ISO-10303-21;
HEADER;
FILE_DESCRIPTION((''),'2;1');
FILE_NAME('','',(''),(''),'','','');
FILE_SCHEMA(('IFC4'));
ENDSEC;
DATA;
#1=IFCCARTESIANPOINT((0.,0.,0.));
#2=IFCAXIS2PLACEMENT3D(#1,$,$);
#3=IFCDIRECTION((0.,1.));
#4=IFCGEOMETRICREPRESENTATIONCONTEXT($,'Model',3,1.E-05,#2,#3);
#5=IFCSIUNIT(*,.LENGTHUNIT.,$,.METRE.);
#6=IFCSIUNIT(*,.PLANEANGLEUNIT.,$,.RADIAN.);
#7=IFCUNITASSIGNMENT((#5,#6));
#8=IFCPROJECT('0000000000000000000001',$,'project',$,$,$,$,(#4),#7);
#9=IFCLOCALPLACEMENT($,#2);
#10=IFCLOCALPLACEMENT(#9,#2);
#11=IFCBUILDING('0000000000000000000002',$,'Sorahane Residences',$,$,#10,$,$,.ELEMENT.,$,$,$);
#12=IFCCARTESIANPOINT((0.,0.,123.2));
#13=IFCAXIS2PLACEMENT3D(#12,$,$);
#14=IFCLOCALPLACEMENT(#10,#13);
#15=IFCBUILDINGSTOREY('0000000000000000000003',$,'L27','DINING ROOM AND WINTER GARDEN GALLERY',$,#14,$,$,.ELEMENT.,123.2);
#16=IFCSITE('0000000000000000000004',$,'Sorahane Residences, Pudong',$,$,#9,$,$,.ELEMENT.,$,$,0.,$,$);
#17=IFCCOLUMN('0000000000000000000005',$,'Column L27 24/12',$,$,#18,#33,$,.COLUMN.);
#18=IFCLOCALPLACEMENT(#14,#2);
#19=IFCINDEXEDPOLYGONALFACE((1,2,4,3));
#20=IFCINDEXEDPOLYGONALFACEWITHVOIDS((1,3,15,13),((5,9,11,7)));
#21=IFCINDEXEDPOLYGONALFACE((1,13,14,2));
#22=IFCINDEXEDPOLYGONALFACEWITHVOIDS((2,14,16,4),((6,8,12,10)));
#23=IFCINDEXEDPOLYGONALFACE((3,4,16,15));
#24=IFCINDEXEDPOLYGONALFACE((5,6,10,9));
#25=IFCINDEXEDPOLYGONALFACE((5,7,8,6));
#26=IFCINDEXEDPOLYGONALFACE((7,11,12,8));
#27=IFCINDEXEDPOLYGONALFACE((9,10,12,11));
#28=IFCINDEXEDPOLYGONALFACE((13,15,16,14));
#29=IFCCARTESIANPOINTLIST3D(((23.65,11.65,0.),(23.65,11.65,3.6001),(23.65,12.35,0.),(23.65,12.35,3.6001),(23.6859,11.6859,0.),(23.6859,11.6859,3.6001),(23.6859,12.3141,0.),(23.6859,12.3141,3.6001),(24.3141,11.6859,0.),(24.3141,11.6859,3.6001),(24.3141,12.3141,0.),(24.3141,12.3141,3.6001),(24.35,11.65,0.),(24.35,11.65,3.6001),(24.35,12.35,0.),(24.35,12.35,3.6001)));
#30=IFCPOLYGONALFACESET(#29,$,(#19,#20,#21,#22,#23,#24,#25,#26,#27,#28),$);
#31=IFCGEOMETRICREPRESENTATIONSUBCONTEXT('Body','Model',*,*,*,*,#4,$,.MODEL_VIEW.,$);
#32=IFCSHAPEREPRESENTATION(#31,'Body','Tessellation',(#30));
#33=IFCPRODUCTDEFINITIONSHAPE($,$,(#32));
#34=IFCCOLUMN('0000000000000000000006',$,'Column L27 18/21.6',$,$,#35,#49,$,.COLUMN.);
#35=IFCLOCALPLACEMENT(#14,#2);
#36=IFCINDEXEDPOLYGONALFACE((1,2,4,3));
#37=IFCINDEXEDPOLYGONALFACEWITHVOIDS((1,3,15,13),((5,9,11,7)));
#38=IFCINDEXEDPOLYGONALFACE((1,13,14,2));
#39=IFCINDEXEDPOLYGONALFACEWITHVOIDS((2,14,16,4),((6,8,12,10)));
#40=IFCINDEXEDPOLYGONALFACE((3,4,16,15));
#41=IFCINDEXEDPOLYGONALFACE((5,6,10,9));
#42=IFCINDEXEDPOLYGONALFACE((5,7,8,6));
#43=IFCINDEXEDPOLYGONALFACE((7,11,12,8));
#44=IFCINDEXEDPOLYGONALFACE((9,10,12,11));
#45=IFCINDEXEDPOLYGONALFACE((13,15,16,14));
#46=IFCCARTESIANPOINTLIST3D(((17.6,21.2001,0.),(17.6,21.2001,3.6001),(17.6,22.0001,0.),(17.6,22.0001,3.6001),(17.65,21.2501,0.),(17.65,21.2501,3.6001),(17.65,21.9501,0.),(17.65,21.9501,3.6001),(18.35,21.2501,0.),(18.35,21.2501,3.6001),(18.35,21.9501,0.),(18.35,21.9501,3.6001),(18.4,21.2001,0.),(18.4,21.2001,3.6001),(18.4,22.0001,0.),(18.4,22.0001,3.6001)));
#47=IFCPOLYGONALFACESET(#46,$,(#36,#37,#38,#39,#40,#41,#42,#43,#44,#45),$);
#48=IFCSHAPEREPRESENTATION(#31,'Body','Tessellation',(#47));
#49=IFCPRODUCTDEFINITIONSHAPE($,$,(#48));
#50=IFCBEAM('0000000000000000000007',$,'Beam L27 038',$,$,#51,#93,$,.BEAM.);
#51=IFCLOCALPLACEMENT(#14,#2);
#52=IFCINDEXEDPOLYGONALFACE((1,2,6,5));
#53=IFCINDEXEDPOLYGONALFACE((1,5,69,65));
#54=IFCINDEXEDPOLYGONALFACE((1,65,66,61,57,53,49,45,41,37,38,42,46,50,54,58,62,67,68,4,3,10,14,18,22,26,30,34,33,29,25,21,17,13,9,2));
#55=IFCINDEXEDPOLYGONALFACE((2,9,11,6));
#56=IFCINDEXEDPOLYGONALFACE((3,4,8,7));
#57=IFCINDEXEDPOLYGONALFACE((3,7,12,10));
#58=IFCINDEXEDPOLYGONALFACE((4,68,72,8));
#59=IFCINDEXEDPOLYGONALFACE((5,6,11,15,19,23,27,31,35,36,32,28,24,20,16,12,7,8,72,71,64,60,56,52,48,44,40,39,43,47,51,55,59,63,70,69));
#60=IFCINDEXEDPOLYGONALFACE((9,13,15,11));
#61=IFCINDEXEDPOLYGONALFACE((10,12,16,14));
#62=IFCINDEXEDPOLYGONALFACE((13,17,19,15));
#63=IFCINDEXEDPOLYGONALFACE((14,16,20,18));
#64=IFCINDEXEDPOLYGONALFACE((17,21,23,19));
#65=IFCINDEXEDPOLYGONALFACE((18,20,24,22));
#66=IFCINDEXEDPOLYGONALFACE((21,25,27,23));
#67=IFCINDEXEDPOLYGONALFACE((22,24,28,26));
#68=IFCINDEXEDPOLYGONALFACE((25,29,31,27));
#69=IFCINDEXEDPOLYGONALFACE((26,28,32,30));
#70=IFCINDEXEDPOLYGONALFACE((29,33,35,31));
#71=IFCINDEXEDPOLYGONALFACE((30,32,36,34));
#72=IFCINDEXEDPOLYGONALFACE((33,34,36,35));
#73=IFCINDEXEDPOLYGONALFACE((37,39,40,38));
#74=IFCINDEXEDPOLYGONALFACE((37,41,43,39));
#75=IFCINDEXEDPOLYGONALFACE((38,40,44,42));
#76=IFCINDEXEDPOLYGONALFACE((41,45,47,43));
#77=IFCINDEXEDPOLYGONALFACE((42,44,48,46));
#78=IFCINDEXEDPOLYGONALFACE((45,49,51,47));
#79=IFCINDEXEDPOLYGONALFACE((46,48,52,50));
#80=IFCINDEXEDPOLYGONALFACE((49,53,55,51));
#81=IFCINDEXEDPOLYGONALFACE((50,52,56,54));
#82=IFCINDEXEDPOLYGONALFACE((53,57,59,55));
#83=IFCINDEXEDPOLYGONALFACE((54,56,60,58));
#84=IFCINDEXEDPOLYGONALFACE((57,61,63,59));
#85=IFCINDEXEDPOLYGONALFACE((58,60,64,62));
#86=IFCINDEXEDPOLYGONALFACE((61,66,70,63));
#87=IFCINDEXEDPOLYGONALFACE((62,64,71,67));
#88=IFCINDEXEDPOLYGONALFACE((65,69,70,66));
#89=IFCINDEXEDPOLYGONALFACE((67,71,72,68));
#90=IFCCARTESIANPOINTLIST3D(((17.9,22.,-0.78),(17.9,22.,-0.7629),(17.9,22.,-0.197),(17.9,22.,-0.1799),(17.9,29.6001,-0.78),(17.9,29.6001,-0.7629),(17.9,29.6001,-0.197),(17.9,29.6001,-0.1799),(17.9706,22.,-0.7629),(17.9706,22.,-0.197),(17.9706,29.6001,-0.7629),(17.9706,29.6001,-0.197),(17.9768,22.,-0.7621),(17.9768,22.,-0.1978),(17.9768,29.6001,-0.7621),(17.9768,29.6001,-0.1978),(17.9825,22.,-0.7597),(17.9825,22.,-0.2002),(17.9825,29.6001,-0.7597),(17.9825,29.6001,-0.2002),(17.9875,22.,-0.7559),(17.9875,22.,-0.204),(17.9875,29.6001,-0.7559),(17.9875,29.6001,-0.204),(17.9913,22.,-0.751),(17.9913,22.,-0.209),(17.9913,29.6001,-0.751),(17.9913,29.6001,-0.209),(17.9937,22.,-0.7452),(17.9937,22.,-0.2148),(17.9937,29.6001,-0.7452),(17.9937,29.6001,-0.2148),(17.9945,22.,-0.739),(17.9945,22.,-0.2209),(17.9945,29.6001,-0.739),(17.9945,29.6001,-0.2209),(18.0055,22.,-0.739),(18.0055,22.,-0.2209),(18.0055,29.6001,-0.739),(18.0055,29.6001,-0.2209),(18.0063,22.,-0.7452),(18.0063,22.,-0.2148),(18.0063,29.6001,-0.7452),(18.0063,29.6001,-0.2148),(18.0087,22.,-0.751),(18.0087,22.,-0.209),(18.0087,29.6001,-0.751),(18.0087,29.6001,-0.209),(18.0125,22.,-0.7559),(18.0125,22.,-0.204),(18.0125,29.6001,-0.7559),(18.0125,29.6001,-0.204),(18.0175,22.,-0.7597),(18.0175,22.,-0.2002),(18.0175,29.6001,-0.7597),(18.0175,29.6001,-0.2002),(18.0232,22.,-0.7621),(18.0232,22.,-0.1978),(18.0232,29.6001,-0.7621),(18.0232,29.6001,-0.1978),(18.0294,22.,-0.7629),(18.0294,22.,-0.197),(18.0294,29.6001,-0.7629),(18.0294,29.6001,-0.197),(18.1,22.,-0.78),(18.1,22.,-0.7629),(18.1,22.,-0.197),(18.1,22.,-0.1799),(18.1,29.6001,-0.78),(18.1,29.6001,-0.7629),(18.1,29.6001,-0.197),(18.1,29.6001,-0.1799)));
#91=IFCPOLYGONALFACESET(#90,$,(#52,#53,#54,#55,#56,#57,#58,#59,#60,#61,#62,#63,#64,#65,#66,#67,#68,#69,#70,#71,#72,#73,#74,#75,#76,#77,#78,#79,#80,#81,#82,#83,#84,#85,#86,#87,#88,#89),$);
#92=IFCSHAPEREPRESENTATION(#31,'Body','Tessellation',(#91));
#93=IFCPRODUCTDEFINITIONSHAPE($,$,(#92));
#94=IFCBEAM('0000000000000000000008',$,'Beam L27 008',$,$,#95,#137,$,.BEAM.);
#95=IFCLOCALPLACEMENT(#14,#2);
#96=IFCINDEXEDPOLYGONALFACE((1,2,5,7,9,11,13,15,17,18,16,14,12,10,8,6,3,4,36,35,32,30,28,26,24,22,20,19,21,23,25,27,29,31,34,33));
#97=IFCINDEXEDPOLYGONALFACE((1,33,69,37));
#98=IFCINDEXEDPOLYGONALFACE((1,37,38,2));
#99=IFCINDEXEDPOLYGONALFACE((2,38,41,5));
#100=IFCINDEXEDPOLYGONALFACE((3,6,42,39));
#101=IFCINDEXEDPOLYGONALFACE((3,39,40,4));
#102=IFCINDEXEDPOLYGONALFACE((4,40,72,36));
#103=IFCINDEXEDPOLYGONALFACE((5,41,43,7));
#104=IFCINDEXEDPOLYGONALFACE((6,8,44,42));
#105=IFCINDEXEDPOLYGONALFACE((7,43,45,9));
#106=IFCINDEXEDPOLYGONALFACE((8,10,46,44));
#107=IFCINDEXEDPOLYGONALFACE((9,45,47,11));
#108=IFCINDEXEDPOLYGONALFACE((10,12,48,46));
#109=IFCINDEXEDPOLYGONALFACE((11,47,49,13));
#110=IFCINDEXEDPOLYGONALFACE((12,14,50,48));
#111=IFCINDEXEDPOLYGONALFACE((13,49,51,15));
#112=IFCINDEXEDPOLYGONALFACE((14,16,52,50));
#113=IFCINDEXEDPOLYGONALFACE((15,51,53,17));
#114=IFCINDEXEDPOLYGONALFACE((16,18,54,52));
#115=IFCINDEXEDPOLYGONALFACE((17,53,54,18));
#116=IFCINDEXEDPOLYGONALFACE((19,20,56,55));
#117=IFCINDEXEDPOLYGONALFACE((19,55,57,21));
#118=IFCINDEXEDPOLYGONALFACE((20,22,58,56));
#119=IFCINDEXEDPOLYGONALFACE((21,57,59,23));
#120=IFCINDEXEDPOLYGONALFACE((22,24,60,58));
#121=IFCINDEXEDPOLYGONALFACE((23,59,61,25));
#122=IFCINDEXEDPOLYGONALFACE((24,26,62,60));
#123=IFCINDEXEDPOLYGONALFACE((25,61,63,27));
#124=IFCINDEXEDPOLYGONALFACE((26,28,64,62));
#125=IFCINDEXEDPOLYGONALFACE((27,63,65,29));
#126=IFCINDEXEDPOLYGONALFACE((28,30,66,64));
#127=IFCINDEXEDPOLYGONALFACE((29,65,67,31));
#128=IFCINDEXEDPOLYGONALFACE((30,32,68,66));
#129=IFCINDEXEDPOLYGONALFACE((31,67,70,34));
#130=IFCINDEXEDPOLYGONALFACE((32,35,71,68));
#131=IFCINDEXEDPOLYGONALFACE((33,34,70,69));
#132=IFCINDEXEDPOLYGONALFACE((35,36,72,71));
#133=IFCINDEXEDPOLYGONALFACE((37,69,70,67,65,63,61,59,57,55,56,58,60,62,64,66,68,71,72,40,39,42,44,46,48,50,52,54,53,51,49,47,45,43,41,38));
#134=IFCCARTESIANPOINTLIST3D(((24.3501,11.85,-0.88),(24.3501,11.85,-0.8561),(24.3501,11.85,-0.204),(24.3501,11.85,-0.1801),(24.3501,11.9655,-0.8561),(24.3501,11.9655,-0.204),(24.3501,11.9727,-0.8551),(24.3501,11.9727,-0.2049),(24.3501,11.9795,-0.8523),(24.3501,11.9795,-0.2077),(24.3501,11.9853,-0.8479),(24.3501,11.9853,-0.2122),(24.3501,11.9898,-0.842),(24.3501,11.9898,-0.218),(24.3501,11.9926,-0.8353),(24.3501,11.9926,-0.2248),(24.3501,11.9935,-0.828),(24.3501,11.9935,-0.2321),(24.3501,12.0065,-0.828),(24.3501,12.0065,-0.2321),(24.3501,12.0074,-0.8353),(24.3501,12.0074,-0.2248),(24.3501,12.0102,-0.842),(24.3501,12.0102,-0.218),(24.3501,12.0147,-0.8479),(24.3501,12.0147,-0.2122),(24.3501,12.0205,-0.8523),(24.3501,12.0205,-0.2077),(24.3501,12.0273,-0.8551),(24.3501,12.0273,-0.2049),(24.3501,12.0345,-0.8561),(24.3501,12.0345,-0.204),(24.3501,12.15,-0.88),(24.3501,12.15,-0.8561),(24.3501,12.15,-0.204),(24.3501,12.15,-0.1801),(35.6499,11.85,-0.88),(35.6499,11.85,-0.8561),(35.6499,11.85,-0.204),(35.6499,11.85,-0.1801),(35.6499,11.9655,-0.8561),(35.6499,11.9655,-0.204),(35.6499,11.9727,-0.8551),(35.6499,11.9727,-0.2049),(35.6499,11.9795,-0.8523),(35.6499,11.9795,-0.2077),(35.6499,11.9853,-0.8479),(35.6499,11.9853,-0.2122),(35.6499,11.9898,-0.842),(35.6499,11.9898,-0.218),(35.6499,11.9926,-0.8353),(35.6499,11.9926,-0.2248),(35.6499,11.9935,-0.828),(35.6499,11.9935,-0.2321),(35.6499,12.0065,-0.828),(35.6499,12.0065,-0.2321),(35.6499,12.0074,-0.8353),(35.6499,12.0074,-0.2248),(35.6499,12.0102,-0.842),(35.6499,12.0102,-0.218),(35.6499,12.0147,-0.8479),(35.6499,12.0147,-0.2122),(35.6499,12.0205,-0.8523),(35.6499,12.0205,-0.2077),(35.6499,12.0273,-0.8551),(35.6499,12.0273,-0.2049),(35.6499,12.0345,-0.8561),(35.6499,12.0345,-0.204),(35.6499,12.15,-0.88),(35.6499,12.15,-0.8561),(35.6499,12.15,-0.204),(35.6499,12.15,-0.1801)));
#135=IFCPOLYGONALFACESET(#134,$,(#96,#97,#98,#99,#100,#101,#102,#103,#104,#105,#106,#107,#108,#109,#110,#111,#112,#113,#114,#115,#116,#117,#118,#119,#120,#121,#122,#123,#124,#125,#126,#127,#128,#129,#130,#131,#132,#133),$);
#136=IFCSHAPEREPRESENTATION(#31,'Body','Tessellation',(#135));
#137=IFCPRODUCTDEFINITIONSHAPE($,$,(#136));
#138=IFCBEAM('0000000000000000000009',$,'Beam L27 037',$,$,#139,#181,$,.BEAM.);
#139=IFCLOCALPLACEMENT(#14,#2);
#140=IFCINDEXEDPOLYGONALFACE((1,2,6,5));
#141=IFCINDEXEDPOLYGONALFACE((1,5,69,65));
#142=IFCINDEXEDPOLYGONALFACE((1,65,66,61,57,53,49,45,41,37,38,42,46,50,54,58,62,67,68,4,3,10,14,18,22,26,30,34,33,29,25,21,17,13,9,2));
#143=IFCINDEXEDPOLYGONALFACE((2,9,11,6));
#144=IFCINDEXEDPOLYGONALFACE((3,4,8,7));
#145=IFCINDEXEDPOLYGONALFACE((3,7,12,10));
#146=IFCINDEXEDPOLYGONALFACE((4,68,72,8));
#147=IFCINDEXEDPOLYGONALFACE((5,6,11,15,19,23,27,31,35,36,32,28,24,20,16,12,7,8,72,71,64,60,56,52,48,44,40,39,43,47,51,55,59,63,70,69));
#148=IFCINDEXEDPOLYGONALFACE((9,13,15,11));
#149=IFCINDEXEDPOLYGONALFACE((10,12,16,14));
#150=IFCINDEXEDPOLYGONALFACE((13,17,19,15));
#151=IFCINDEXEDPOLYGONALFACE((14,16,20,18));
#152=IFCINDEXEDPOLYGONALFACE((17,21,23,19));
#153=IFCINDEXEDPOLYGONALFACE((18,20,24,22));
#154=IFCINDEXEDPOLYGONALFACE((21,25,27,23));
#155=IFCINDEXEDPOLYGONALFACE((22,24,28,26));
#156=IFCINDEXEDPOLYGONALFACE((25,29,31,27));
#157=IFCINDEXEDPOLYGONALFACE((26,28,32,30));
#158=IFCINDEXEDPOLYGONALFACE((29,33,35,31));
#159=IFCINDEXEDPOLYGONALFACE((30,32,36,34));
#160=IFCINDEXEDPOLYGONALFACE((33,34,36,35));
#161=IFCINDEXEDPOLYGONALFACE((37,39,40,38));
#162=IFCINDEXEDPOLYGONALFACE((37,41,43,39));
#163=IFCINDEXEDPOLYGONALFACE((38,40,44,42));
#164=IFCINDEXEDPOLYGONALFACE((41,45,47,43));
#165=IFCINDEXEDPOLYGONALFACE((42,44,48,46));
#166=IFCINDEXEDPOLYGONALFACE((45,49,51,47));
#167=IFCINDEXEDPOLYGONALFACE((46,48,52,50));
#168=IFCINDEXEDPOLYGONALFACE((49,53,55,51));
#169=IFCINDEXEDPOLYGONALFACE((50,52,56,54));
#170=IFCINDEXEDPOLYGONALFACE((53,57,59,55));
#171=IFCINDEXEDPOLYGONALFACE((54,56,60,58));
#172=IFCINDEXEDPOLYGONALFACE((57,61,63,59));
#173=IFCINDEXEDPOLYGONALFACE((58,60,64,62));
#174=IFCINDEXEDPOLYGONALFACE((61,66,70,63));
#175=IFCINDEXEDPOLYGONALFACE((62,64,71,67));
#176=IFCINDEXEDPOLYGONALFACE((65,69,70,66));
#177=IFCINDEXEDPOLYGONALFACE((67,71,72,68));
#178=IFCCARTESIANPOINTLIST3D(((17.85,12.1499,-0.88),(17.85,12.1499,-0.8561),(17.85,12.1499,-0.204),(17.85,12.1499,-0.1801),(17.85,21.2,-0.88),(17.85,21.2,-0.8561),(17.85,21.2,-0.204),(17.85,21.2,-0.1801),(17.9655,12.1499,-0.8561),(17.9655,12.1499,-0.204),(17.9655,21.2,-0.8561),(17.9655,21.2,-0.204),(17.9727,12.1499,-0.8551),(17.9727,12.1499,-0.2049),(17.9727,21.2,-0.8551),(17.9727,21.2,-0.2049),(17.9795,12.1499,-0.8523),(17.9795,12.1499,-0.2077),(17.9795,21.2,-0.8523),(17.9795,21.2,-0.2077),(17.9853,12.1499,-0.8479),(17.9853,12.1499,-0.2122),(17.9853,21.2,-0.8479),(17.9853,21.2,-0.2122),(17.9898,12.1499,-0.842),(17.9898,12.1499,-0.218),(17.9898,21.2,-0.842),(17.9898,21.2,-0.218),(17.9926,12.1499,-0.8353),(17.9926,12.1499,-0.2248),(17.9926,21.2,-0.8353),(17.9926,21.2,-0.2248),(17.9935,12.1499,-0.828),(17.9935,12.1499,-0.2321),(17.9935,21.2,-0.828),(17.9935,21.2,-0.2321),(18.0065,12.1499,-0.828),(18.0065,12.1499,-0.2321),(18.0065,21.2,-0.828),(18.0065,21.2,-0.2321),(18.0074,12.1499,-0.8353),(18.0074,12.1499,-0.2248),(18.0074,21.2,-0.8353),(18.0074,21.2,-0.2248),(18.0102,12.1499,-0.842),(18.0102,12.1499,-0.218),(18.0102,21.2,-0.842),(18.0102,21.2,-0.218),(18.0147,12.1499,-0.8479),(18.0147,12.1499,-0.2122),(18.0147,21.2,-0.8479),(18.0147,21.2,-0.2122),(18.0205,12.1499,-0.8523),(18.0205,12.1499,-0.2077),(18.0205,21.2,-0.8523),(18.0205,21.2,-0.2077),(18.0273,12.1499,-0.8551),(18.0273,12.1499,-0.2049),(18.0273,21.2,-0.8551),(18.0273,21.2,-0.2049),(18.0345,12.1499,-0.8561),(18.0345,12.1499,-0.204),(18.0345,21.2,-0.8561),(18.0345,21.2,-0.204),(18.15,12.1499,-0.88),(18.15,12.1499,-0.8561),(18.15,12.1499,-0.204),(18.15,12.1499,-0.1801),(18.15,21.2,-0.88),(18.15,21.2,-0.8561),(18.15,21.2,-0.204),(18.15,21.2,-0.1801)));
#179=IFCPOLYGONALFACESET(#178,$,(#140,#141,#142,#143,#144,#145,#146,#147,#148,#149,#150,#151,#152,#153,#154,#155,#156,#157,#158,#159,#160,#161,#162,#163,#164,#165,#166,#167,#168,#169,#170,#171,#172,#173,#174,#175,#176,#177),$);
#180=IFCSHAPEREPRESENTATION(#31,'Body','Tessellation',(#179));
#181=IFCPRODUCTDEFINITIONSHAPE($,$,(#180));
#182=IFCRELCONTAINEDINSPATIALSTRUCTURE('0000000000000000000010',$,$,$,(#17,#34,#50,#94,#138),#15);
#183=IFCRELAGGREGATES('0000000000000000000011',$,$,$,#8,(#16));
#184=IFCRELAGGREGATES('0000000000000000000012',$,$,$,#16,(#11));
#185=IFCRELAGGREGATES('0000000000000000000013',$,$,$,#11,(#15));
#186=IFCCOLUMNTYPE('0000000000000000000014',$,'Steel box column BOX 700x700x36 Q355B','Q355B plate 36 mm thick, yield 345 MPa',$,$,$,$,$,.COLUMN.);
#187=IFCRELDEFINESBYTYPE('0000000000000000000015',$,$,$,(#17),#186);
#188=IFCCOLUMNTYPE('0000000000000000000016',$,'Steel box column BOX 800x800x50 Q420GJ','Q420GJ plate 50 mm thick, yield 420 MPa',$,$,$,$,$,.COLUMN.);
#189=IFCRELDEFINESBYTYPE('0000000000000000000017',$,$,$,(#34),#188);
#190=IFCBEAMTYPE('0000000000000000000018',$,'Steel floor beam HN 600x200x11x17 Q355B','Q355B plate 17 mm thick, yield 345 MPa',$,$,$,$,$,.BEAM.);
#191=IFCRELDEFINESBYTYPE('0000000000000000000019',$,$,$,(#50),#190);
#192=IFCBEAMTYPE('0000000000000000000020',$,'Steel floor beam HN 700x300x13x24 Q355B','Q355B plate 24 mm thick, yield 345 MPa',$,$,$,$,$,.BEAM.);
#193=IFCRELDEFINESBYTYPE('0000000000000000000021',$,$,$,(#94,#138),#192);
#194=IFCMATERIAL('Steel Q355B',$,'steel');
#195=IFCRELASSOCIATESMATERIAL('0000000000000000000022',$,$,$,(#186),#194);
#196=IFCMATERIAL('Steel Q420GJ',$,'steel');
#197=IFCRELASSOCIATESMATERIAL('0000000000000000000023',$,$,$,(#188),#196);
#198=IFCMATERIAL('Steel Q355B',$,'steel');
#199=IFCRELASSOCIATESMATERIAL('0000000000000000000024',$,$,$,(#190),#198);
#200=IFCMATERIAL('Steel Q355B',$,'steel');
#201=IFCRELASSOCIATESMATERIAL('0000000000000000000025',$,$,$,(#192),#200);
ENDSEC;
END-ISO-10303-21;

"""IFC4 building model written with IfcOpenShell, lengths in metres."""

from ifc_helpers import new_model, si_unit, direction, frame, origin, origin_2d, place, context, subcontext, project, spatial, hollow_rectangle, i_section, extrude, material, material_profile, profile_set, type_object, element, save


model = new_model("IFC4")

# Units and contexts
model_context = context("Model", 3, precision=1e-05, world=origin(), true_north=direction((0.0, 1.0)))
body_context = subcontext(model_context, "Body", "Model", "MODEL_VIEW")
ifc_project = project(units=[si_unit("LENGTHUNIT", "METRE"), si_unit("PLANEANGLEUNIT", "RADIAN")], contexts=[model_context])

# Site, building, storey
site_placement = place(None, origin())
site = spatial("IfcSite", under=ifc_project, at=site_placement, Name="Sorahane Residences, Pudong", CompositionType="ELEMENT", RefElevation=0.0)
building_placement = place(site_placement, origin())
building = spatial("IfcBuilding", under=site, at=building_placement, Name="Sorahane Residences", CompositionType="ELEMENT")
storey_placement = place(building_placement, frame((0.0, 0.0, 123.2)))
storey = spatial("IfcBuildingStorey", under=building, at=storey_placement, Name="L27", Description="DINING ROOM AND WINTER GARDEN GALLERY", CompositionType="ELEMENT", Elevation=123.2)

# Columns
ifc_material_1 = material(Name="Steel Q355B", Category="steel")
ifc_material_profile_1 = material_profile(ifc_material_1, hollow_rectangle(XDim=0.7, YDim=0.7, WallThickness=0.0359, at=origin_2d()), Name="BOX 700x700x36")
ifc_profile_set_1 = profile_set([ifc_material_profile_1], Name="Steel Q355B")
column_type_1 = type_object("IfcColumnType", Name="Steel box column BOX 700x700x36 Q355B", Description="Q355B plate 36 mm thick, yield 345 MPa", PredefinedType="COLUMN", material=ifc_profile_set_1)
column_1_placement = place(storey_placement, frame((24.0, 12.0, 0.0), z_axis=(0.0, 0.0, 1.0), x_axis=(1.0, 0.0, 0.0)))
element("IfcColumn", 1, at=column_1_placement, inside=storey, type_object=column_type_1, Name="Column L27 24/12", PredefinedType="COLUMN", context=body_context, shape_type="SweptSolid", body=[
    extrude(hollow_rectangle(XDim=0.7, YDim=0.7, WallThickness=0.0359, at=origin_2d()), origin(), (0.0, 0.0, 1.0), 3.6001),
])
ifc_material_2 = material(Name="Steel Q420GJ", Category="steel")
ifc_material_profile_2 = material_profile(ifc_material_2, hollow_rectangle(XDim=0.8, YDim=0.8, WallThickness=0.05, at=origin_2d()), Name="BOX 800x800x50")
ifc_profile_set_2 = profile_set([ifc_material_profile_2], Name="Steel Q420GJ")
column_type_2 = type_object("IfcColumnType", Name="Steel box column BOX 800x800x50 Q420GJ", Description="Q420GJ plate 50 mm thick, yield 420 MPa", PredefinedType="COLUMN", material=ifc_profile_set_2)
column_2_placement = place(storey_placement, frame((18.0, 21.6001, 0.0), z_axis=(0.0, 0.0, 1.0), x_axis=(1.0, 0.0, 0.0)))
element("IfcColumn", 2, at=column_2_placement, inside=storey, type_object=column_type_2, Name="Column L27 18/21.6", PredefinedType="COLUMN", context=body_context, shape_type="SweptSolid", body=[
    extrude(hollow_rectangle(XDim=0.8, YDim=0.8, WallThickness=0.05, at=origin_2d()), origin(), (0.0, 0.0, 1.0), 3.6001),
])

# Beams
ifc_material_3 = material(Name="Steel Q355B", Category="steel")
ifc_material_profile_3 = material_profile(ifc_material_3, i_section(OverallWidth=0.2, OverallDepth=0.6001, WebThickness=0.011, FlangeThickness=0.0171, FilletRadius=0.0239, at=origin_2d()), Name="HN 600x200x11x17")
ifc_profile_set_3 = profile_set([ifc_material_profile_3], Name="Steel Q355B")
beam_type_1 = type_object("IfcBeamType", Name="Steel floor beam HN 600x200x11x17 Q355B", Description="Q355B plate 17 mm thick, yield 345 MPa", PredefinedType="BEAM", material=ifc_profile_set_3)
beam_1_placement = place(storey_placement, frame((18.0, 22.0, -0.48), z_axis=(0.0, 1.0, 0.0), x_axis=(-1.0, 0.0, 0.0)))
element("IfcBeam", 3, at=beam_1_placement, inside=storey, type_object=beam_type_1, Name="Beam L27 038", PredefinedType="BEAM", context=body_context, shape_type="SweptSolid", body=[
    extrude(i_section(OverallWidth=0.2, OverallDepth=0.6001, WebThickness=0.011, FlangeThickness=0.0171, FilletRadius=0.0239, at=origin_2d()), origin(), (0.0, 0.0, 1.0), 7.6001),
])
ifc_material_4 = material(Name="Steel Q355B", Category="steel")
ifc_material_profile_4 = material_profile(ifc_material_4, i_section(OverallWidth=0.3, OverallDepth=0.7, WebThickness=0.0129, FlangeThickness=0.0239, FilletRadius=0.0281, at=origin_2d()), Name="HN 700x300x13x24")
ifc_profile_set_4 = profile_set([ifc_material_profile_4], Name="Steel Q355B")
beam_type_2 = type_object("IfcBeamType", Name="Steel floor beam HN 700x300x13x24 Q355B", Description="Q355B plate 24 mm thick, yield 345 MPa", PredefinedType="BEAM", material=ifc_profile_set_4)
beam_2_placement = place(storey_placement, frame((24.3501, 12.0, -0.53), z_axis=(1.0, 0.0, 0.0), x_axis=(0.0, 1.0, 0.0)))
element("IfcBeam", 4, at=beam_2_placement, inside=storey, type_object=beam_type_2, Name="Beam L27 008", PredefinedType="BEAM", context=body_context, shape_type="SweptSolid", body=[
    extrude(i_section(OverallWidth=0.3, OverallDepth=0.7, WebThickness=0.0129, FlangeThickness=0.0239, FilletRadius=0.0281, at=origin_2d()), origin(), (0.0, 0.0, 1.0), 11.2998),
])
beam_3_placement = place(storey_placement, frame((18.0, 12.1499, -0.53), z_axis=(0.0, 1.0, 0.0), x_axis=(-1.0, 0.0, 0.0)))
element("IfcBeam", 5, at=beam_3_placement, inside=storey, type_object=beam_type_2, Name="Beam L27 037", PredefinedType="BEAM", context=body_context, shape_type="SweptSolid", body=[
    extrude(i_section(OverallWidth=0.3, OverallDepth=0.7, WebThickness=0.0129, FlangeThickness=0.0239, FilletRadius=0.0281, at=origin_2d()), origin(), (0.0, 0.0, 1.0), 9.05),
])

save(model, "model.ifc")
